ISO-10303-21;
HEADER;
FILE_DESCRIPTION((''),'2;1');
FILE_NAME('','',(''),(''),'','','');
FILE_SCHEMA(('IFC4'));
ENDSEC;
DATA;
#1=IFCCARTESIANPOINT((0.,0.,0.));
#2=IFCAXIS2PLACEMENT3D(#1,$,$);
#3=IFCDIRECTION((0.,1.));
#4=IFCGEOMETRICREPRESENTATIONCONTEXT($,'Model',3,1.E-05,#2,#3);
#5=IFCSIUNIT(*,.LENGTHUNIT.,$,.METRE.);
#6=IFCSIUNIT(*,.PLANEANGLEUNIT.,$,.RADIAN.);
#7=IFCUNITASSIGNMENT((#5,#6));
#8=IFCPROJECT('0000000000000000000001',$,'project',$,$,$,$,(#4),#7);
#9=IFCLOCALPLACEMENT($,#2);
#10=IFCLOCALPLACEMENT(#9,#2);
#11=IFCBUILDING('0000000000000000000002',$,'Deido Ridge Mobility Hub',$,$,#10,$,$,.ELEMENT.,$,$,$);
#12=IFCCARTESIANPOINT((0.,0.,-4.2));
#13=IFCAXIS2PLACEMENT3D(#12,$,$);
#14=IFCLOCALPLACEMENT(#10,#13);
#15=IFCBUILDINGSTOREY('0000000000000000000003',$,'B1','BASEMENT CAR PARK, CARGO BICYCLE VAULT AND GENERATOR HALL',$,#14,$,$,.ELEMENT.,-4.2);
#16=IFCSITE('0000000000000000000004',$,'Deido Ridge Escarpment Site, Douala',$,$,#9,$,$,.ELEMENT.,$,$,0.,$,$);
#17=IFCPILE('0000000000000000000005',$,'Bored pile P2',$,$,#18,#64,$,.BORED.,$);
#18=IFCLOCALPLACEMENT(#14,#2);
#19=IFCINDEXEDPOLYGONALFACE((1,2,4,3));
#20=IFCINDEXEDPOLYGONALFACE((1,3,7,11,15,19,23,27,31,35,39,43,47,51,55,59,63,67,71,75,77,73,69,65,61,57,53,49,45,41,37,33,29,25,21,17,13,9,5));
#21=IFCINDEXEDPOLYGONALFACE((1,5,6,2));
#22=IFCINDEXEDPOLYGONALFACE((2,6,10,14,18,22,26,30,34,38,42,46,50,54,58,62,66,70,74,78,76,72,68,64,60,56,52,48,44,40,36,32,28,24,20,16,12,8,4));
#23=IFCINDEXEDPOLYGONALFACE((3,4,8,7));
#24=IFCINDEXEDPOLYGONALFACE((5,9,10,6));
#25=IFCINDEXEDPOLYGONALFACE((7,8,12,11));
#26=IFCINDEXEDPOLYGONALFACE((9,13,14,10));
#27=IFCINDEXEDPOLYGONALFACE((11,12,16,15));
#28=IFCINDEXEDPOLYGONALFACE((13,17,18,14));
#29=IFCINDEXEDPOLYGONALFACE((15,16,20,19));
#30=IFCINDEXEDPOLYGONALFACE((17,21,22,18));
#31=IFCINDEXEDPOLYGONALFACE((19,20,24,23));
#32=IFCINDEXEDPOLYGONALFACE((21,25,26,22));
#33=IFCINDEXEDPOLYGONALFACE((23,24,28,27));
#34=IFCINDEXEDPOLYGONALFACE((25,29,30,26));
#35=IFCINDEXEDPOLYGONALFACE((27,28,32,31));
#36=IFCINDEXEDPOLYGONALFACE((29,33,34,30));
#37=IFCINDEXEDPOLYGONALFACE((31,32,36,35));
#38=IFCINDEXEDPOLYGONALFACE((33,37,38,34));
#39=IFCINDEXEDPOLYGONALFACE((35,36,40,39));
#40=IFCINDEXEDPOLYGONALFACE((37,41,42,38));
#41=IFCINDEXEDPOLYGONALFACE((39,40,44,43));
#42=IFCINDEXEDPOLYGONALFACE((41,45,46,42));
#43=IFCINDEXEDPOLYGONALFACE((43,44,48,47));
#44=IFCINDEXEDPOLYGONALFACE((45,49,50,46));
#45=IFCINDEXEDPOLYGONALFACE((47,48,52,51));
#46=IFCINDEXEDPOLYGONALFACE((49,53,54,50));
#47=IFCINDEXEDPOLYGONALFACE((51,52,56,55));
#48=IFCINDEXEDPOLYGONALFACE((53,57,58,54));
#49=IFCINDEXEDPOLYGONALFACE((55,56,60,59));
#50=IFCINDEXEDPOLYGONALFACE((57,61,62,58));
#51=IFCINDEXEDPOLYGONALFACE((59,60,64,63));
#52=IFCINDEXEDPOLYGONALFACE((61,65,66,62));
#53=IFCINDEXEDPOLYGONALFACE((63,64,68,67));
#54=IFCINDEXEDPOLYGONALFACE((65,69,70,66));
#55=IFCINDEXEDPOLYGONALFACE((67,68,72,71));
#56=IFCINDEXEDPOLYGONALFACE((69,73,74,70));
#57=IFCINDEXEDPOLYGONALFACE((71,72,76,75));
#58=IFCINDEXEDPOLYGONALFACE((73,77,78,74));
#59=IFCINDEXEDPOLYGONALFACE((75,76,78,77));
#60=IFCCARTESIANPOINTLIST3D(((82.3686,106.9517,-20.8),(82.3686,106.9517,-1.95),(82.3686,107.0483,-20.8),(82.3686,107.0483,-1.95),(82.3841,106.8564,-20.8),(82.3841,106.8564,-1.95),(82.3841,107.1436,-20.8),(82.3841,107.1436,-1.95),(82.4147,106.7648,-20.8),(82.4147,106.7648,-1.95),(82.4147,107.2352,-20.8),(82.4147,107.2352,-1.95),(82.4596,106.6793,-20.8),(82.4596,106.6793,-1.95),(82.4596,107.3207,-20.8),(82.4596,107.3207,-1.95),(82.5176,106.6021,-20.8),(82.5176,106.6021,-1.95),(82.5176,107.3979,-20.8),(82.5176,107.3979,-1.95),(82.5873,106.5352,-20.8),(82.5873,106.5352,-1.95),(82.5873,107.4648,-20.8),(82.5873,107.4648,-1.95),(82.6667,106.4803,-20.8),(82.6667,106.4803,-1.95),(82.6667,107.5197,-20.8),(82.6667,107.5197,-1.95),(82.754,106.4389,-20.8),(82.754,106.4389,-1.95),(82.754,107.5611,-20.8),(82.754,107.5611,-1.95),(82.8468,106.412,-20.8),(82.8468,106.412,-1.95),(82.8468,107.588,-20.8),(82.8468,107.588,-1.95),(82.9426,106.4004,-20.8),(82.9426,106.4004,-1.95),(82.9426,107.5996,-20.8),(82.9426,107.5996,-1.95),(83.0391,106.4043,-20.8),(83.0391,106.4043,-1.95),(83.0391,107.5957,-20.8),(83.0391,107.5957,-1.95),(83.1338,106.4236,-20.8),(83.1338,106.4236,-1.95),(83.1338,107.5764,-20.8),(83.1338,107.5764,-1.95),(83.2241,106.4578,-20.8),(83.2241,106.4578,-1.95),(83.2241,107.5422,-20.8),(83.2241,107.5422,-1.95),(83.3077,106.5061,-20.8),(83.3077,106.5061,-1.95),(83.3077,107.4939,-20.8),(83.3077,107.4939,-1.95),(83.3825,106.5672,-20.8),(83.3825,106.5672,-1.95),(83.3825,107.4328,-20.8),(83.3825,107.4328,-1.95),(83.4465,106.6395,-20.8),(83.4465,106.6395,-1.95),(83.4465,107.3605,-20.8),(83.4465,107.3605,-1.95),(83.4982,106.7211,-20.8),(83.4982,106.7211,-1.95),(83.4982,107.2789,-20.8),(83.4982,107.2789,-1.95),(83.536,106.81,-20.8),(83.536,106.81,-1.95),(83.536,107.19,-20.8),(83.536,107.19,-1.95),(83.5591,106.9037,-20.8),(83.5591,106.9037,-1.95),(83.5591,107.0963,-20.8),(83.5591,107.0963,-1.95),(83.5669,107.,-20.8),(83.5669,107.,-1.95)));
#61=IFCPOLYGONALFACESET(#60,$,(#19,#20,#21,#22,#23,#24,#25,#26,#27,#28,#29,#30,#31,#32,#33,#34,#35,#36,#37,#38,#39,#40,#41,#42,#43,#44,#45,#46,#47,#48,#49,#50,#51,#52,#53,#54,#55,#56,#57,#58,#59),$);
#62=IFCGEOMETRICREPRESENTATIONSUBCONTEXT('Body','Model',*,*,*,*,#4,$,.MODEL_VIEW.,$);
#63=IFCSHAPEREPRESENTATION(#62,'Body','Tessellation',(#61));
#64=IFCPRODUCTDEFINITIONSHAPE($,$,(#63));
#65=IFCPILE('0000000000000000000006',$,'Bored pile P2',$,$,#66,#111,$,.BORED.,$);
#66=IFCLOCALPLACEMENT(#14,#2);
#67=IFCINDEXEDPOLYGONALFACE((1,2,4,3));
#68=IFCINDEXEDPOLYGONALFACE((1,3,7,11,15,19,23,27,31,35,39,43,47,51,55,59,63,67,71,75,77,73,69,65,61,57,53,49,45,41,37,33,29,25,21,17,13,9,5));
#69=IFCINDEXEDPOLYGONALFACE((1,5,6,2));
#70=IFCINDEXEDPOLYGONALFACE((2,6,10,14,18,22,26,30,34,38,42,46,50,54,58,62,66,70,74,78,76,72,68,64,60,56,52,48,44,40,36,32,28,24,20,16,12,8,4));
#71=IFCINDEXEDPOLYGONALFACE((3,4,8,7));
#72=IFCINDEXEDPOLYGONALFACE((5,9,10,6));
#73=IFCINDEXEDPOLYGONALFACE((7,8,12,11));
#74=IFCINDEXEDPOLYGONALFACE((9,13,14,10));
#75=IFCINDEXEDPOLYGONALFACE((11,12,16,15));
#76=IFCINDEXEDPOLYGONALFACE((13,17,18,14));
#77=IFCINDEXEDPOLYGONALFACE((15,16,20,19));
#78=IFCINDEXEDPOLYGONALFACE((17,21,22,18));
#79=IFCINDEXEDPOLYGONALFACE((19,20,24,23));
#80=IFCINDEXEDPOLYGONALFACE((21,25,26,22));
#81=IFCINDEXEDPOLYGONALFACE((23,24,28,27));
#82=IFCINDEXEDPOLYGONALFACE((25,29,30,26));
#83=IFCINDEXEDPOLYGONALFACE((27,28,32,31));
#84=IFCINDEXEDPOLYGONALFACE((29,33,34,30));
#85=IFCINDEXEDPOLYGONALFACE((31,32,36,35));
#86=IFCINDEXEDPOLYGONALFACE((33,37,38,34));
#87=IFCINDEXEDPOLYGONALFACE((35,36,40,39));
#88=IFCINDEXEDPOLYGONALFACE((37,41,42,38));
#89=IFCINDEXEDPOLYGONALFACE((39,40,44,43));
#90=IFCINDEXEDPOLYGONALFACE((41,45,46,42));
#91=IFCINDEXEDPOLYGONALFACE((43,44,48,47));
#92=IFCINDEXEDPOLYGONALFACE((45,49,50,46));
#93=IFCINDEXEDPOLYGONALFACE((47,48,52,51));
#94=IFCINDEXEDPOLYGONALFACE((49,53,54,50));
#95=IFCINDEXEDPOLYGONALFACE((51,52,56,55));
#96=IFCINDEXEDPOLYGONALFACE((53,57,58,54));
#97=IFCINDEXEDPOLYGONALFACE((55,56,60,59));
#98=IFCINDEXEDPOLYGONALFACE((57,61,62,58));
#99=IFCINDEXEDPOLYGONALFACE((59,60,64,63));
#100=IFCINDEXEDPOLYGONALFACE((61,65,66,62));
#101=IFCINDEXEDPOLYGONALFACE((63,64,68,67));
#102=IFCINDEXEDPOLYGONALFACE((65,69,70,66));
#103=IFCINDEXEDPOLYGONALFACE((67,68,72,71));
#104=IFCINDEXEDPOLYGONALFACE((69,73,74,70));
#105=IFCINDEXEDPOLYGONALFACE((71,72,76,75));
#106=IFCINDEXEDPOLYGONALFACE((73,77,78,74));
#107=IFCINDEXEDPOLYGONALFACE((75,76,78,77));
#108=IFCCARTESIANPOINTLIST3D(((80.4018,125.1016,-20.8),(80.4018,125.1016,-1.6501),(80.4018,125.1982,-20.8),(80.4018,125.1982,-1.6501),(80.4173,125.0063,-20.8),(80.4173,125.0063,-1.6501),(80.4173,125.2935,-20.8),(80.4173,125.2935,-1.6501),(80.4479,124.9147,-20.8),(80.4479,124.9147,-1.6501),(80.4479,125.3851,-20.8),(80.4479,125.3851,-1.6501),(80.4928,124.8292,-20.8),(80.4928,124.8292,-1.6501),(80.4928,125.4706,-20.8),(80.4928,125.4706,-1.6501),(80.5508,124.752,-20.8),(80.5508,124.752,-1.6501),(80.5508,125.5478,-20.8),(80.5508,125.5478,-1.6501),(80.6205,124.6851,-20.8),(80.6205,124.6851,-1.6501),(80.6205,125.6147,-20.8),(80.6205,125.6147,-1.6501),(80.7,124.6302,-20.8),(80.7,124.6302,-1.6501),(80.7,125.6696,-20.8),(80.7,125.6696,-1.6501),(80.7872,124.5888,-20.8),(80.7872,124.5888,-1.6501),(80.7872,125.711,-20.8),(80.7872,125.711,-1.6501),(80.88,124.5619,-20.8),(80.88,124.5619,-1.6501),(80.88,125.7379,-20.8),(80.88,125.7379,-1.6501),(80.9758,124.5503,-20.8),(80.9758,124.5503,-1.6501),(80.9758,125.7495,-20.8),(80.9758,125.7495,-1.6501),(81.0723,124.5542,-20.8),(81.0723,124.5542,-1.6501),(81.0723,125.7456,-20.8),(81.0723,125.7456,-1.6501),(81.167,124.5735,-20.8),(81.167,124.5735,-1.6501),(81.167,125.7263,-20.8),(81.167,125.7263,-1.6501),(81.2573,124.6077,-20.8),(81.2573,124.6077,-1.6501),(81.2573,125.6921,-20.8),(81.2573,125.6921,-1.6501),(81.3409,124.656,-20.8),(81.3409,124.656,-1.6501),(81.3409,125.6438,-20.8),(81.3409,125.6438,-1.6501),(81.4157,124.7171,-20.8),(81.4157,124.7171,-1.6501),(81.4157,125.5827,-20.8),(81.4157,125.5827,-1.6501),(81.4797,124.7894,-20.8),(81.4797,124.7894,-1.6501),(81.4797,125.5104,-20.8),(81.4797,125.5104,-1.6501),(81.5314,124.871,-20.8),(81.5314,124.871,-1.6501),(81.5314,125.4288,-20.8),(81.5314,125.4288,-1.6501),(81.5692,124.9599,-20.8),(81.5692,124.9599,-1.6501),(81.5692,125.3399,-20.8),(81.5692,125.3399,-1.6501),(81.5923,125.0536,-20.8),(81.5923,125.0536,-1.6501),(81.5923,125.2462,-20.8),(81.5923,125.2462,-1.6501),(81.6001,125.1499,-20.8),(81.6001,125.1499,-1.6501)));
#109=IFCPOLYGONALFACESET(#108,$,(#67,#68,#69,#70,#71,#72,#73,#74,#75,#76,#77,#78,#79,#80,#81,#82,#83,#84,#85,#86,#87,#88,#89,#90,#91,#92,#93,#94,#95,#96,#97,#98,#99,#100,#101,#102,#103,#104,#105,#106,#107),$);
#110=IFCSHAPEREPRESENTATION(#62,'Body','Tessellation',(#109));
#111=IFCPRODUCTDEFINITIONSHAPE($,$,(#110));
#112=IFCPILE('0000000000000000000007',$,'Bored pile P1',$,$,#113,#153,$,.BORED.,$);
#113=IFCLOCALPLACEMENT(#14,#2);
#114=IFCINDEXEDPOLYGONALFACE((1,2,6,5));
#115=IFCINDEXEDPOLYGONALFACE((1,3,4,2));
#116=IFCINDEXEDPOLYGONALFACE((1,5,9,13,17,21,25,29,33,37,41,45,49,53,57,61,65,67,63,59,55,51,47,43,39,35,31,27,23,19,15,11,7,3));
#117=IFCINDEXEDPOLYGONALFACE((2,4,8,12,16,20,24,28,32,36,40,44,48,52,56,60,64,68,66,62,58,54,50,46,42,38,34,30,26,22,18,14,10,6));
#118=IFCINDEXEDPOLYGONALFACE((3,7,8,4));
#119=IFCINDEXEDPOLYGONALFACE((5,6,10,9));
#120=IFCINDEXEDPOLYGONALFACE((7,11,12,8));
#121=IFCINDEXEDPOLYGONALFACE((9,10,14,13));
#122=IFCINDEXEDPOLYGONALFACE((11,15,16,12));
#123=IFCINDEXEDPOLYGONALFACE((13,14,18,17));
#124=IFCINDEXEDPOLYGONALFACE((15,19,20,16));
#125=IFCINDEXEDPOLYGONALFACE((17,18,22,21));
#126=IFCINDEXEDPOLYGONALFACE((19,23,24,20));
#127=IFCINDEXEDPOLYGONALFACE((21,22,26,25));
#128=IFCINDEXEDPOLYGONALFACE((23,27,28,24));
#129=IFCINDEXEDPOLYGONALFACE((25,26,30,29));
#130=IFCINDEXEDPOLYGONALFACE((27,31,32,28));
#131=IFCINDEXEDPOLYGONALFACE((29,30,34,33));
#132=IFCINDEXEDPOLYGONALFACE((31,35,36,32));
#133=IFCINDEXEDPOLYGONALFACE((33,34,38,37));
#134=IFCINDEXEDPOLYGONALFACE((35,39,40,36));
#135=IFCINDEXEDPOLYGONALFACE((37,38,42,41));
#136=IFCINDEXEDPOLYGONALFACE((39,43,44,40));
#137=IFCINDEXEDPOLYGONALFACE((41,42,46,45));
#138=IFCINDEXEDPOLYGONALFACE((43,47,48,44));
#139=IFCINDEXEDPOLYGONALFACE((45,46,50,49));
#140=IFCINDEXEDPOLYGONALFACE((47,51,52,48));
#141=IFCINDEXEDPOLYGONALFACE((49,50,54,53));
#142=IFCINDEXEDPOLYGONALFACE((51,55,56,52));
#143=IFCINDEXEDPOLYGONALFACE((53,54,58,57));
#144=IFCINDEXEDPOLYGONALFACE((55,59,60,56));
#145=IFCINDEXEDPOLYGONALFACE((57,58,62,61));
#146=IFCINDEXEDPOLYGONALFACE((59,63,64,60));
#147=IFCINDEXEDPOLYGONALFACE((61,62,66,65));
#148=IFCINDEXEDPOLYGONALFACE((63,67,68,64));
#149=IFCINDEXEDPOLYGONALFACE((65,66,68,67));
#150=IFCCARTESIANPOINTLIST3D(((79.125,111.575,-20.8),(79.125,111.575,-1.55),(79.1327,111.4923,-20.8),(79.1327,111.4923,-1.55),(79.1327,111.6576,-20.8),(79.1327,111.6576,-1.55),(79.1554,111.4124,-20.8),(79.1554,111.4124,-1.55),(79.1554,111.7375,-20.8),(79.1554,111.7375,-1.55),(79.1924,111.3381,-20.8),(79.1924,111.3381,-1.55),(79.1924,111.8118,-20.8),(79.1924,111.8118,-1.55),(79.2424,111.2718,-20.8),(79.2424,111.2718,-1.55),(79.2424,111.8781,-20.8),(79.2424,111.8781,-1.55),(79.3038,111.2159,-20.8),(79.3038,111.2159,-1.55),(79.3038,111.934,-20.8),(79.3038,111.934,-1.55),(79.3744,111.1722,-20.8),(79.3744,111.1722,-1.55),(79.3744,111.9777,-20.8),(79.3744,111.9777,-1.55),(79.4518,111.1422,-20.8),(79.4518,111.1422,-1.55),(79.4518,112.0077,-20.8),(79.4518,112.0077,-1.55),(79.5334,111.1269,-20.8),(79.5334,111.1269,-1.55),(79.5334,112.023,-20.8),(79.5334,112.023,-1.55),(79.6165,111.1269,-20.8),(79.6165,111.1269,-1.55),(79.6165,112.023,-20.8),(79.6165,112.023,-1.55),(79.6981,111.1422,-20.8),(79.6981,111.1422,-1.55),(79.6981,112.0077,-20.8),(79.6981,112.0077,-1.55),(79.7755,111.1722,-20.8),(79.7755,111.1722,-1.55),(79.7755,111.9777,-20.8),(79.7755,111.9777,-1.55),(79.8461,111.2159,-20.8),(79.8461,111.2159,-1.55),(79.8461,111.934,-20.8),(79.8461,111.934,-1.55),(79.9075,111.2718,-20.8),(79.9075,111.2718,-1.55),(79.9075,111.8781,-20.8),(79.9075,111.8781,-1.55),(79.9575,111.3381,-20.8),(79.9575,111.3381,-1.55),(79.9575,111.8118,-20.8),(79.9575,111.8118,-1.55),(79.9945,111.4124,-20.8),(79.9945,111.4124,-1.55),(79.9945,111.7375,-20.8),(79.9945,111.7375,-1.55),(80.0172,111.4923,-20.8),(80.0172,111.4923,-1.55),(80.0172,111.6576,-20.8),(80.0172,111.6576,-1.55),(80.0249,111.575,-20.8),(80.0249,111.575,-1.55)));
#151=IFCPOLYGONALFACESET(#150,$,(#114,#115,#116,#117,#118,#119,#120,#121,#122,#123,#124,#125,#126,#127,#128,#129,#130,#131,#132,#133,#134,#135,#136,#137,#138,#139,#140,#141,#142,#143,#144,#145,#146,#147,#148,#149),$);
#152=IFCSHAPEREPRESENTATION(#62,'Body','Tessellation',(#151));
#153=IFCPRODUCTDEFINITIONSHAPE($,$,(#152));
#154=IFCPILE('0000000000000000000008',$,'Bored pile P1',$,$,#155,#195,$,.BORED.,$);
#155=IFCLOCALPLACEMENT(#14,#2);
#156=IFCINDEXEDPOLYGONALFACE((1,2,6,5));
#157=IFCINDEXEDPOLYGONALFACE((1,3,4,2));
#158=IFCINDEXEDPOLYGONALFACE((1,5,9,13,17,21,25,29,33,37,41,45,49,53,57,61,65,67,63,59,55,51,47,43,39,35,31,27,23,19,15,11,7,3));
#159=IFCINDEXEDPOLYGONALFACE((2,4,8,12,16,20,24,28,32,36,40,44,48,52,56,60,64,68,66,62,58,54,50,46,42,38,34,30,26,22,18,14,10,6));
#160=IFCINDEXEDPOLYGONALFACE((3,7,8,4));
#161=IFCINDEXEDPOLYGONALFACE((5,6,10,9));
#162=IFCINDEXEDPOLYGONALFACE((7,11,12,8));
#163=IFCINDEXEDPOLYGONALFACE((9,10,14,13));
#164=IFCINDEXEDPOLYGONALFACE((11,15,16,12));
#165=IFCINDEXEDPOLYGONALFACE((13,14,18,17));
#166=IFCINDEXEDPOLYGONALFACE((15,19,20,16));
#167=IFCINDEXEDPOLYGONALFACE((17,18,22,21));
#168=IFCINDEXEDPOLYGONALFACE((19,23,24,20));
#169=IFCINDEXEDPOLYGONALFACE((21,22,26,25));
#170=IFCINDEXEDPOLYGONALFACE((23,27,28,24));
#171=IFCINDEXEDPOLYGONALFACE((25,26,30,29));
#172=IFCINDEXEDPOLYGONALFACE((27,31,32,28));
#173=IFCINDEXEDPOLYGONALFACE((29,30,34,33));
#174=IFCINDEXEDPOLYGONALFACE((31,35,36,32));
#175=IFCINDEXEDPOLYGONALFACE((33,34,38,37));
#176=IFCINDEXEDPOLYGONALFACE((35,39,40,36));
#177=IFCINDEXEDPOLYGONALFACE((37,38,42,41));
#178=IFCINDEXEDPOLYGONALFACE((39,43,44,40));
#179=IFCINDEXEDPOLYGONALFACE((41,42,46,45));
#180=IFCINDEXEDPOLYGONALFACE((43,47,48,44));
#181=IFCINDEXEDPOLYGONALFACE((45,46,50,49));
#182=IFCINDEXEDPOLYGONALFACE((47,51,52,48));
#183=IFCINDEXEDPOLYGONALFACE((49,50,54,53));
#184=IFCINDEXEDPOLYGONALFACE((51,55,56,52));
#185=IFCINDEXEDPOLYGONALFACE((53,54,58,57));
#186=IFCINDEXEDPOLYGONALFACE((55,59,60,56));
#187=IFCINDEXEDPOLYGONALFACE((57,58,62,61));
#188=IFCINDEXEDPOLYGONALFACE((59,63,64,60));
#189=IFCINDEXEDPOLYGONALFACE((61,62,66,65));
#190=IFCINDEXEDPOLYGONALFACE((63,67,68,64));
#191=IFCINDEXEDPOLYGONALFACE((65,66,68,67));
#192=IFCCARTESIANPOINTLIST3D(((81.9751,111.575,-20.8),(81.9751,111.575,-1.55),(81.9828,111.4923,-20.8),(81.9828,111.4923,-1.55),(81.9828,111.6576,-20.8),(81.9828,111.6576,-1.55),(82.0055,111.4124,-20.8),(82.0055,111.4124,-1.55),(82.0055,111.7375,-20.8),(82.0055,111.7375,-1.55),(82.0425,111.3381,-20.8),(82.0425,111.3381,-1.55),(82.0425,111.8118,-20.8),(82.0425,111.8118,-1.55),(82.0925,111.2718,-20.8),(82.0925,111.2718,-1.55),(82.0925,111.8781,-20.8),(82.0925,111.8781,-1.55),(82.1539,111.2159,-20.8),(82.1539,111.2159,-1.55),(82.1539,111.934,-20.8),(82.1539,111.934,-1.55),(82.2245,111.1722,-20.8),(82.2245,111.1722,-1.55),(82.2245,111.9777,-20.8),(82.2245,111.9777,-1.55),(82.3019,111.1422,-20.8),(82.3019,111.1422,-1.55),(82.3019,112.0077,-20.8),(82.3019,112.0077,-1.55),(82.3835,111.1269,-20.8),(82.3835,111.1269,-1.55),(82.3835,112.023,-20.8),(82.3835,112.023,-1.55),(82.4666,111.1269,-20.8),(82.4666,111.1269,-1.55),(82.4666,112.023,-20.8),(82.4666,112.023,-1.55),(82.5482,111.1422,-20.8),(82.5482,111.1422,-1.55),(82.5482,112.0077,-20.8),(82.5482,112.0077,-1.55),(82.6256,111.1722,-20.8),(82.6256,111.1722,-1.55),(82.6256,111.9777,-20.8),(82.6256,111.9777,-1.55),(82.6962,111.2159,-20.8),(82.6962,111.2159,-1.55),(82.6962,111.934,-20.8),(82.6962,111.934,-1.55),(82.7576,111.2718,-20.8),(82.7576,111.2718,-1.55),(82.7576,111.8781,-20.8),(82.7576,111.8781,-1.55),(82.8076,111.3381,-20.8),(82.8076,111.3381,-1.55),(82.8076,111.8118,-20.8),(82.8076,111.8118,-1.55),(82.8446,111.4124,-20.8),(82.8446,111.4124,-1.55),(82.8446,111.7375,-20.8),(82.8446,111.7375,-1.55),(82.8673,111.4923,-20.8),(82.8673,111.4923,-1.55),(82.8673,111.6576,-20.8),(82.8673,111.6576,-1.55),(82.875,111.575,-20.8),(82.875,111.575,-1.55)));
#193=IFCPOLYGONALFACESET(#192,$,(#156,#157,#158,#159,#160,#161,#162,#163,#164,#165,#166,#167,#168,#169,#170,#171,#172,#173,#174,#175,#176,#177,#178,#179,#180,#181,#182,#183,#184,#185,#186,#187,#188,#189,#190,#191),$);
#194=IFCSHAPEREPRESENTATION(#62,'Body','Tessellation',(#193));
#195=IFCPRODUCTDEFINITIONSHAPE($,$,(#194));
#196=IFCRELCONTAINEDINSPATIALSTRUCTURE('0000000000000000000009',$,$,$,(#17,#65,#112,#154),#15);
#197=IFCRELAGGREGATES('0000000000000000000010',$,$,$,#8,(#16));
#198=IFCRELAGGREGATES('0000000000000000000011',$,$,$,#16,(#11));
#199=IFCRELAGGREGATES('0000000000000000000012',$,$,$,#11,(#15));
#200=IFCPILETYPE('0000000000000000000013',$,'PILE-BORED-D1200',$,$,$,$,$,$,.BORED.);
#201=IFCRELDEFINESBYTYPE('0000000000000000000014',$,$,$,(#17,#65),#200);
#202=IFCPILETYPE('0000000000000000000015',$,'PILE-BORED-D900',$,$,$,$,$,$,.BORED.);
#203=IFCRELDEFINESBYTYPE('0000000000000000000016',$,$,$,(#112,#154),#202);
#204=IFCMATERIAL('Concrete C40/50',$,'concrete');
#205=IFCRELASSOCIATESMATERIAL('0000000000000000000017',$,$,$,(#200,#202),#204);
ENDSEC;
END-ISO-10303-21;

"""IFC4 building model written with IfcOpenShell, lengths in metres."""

from ifc_helpers import new_model, si_unit, direction, frame, origin, origin_2d, place, context, subcontext, project, spatial, circle, extrude, material, material_profile, profile_set, type_object, element, save


model = new_model("IFC4")

# Units and contexts
model_context = context("Model", 3, precision=1e-05, world=origin(), true_north=direction((0.0, 1.0)))
body_context = subcontext(model_context, "Body", "Model", "MODEL_VIEW")
ifc_project = project(units=[si_unit("LENGTHUNIT", "METRE"), si_unit("PLANEANGLEUNIT", "RADIAN")], contexts=[model_context])

# Site, building, storey
site_placement = place(None, origin())
site = spatial("IfcSite", under=ifc_project, at=site_placement, Name="Deido Ridge Escarpment Site, Douala", CompositionType="ELEMENT", RefElevation=0.0)
building_placement = place(site_placement, origin())
building = spatial("IfcBuilding", under=site, at=building_placement, Name="Deido Ridge Mobility Hub", CompositionType="ELEMENT")
storey_placement = place(building_placement, frame((0.0, 0.0, -4.2)))
storey = spatial("IfcBuildingStorey", under=building, at=storey_placement, Name="B1", Description="BASEMENT CAR PARK, CARGO BICYCLE VAULT AND GENERATOR HALL", CompositionType="ELEMENT", Elevation=-4.2)

# Shared definitions
ifc_material_1 = material(Name="Concrete C40/50", Category="concrete")

# Piles
ifc_material_profile_1 = material_profile(ifc_material_1, circle(Radius=0.6001, at=origin_2d()), Name="BORED PILE D1200")
ifc_profile_set_1 = profile_set([ifc_material_profile_1], Name="Concrete C40/50")
pile_type_1 = type_object("IfcPileType", Name="PILE-BORED-D1200", PredefinedType="BORED", material=ifc_profile_set_1)
for number, where, z_axis, x_axis, name in (
    (1, (82.9668, 107.0, -1.95), (0.0, 0.0, -1.0), (1.0, 0.0, 0.0), "Bored pile P2"),
):
    element("IfcPile", number, at=place(storey_placement, frame(where, z_axis=z_axis, x_axis=x_axis)), inside=storey, type_object=pile_type_1, Name=name, PredefinedType="BORED", context=body_context, shape_type="SweptSolid", body=[
        extrude(circle(Radius=0.6001, at=origin_2d()), origin(), (0.0, 0.0, 1.0), 18.8501),
    ])
pile_placement = place(storey_placement, frame((81.0, 125.1499, -1.6501), z_axis=(0.0, 0.0, -1.0), x_axis=(1.0, 0.0, 0.0)))
element("IfcPile", 2, at=pile_placement, inside=storey, type_object=pile_type_1, Name="Bored pile P2", PredefinedType="BORED", context=body_context, shape_type="SweptSolid", body=[
    extrude(circle(Radius=0.6001, at=origin_2d()), origin(), (0.0, 0.0, 1.0), 19.1499),
])
ifc_material_profile_2 = material_profile(ifc_material_1, circle(Radius=0.45, at=origin_2d()), Name="BORED PILE D900")
ifc_profile_set_2 = profile_set([ifc_material_profile_2], Name="Concrete C40/50")
pile_type_2 = type_object("IfcPileType", Name="PILE-BORED-D900", PredefinedType="BORED", material=ifc_profile_set_2)
for number, where, z_axis, x_axis, name in (
    (3, (79.575, 111.575, -1.55), (0.0, 0.0, -1.0), (1.0, 0.0, 0.0), "Bored pile P1"),
    (4, (82.425, 111.575, -1.55), (0.0, 0.0, -1.0), (1.0, 0.0, 0.0), "Bored pile P1"),
):
    element("IfcPile", number, at=place(storey_placement, frame(where, z_axis=z_axis, x_axis=x_axis)), inside=storey, type_object=pile_type_2, Name=name, PredefinedType="BORED", context=body_context, shape_type="SweptSolid", body=[
        extrude(circle(Radius=0.45, at=origin_2d()), origin(), (0.0, 0.0, 1.0), 19.25),
    ])

save(model, "model.ifc")
